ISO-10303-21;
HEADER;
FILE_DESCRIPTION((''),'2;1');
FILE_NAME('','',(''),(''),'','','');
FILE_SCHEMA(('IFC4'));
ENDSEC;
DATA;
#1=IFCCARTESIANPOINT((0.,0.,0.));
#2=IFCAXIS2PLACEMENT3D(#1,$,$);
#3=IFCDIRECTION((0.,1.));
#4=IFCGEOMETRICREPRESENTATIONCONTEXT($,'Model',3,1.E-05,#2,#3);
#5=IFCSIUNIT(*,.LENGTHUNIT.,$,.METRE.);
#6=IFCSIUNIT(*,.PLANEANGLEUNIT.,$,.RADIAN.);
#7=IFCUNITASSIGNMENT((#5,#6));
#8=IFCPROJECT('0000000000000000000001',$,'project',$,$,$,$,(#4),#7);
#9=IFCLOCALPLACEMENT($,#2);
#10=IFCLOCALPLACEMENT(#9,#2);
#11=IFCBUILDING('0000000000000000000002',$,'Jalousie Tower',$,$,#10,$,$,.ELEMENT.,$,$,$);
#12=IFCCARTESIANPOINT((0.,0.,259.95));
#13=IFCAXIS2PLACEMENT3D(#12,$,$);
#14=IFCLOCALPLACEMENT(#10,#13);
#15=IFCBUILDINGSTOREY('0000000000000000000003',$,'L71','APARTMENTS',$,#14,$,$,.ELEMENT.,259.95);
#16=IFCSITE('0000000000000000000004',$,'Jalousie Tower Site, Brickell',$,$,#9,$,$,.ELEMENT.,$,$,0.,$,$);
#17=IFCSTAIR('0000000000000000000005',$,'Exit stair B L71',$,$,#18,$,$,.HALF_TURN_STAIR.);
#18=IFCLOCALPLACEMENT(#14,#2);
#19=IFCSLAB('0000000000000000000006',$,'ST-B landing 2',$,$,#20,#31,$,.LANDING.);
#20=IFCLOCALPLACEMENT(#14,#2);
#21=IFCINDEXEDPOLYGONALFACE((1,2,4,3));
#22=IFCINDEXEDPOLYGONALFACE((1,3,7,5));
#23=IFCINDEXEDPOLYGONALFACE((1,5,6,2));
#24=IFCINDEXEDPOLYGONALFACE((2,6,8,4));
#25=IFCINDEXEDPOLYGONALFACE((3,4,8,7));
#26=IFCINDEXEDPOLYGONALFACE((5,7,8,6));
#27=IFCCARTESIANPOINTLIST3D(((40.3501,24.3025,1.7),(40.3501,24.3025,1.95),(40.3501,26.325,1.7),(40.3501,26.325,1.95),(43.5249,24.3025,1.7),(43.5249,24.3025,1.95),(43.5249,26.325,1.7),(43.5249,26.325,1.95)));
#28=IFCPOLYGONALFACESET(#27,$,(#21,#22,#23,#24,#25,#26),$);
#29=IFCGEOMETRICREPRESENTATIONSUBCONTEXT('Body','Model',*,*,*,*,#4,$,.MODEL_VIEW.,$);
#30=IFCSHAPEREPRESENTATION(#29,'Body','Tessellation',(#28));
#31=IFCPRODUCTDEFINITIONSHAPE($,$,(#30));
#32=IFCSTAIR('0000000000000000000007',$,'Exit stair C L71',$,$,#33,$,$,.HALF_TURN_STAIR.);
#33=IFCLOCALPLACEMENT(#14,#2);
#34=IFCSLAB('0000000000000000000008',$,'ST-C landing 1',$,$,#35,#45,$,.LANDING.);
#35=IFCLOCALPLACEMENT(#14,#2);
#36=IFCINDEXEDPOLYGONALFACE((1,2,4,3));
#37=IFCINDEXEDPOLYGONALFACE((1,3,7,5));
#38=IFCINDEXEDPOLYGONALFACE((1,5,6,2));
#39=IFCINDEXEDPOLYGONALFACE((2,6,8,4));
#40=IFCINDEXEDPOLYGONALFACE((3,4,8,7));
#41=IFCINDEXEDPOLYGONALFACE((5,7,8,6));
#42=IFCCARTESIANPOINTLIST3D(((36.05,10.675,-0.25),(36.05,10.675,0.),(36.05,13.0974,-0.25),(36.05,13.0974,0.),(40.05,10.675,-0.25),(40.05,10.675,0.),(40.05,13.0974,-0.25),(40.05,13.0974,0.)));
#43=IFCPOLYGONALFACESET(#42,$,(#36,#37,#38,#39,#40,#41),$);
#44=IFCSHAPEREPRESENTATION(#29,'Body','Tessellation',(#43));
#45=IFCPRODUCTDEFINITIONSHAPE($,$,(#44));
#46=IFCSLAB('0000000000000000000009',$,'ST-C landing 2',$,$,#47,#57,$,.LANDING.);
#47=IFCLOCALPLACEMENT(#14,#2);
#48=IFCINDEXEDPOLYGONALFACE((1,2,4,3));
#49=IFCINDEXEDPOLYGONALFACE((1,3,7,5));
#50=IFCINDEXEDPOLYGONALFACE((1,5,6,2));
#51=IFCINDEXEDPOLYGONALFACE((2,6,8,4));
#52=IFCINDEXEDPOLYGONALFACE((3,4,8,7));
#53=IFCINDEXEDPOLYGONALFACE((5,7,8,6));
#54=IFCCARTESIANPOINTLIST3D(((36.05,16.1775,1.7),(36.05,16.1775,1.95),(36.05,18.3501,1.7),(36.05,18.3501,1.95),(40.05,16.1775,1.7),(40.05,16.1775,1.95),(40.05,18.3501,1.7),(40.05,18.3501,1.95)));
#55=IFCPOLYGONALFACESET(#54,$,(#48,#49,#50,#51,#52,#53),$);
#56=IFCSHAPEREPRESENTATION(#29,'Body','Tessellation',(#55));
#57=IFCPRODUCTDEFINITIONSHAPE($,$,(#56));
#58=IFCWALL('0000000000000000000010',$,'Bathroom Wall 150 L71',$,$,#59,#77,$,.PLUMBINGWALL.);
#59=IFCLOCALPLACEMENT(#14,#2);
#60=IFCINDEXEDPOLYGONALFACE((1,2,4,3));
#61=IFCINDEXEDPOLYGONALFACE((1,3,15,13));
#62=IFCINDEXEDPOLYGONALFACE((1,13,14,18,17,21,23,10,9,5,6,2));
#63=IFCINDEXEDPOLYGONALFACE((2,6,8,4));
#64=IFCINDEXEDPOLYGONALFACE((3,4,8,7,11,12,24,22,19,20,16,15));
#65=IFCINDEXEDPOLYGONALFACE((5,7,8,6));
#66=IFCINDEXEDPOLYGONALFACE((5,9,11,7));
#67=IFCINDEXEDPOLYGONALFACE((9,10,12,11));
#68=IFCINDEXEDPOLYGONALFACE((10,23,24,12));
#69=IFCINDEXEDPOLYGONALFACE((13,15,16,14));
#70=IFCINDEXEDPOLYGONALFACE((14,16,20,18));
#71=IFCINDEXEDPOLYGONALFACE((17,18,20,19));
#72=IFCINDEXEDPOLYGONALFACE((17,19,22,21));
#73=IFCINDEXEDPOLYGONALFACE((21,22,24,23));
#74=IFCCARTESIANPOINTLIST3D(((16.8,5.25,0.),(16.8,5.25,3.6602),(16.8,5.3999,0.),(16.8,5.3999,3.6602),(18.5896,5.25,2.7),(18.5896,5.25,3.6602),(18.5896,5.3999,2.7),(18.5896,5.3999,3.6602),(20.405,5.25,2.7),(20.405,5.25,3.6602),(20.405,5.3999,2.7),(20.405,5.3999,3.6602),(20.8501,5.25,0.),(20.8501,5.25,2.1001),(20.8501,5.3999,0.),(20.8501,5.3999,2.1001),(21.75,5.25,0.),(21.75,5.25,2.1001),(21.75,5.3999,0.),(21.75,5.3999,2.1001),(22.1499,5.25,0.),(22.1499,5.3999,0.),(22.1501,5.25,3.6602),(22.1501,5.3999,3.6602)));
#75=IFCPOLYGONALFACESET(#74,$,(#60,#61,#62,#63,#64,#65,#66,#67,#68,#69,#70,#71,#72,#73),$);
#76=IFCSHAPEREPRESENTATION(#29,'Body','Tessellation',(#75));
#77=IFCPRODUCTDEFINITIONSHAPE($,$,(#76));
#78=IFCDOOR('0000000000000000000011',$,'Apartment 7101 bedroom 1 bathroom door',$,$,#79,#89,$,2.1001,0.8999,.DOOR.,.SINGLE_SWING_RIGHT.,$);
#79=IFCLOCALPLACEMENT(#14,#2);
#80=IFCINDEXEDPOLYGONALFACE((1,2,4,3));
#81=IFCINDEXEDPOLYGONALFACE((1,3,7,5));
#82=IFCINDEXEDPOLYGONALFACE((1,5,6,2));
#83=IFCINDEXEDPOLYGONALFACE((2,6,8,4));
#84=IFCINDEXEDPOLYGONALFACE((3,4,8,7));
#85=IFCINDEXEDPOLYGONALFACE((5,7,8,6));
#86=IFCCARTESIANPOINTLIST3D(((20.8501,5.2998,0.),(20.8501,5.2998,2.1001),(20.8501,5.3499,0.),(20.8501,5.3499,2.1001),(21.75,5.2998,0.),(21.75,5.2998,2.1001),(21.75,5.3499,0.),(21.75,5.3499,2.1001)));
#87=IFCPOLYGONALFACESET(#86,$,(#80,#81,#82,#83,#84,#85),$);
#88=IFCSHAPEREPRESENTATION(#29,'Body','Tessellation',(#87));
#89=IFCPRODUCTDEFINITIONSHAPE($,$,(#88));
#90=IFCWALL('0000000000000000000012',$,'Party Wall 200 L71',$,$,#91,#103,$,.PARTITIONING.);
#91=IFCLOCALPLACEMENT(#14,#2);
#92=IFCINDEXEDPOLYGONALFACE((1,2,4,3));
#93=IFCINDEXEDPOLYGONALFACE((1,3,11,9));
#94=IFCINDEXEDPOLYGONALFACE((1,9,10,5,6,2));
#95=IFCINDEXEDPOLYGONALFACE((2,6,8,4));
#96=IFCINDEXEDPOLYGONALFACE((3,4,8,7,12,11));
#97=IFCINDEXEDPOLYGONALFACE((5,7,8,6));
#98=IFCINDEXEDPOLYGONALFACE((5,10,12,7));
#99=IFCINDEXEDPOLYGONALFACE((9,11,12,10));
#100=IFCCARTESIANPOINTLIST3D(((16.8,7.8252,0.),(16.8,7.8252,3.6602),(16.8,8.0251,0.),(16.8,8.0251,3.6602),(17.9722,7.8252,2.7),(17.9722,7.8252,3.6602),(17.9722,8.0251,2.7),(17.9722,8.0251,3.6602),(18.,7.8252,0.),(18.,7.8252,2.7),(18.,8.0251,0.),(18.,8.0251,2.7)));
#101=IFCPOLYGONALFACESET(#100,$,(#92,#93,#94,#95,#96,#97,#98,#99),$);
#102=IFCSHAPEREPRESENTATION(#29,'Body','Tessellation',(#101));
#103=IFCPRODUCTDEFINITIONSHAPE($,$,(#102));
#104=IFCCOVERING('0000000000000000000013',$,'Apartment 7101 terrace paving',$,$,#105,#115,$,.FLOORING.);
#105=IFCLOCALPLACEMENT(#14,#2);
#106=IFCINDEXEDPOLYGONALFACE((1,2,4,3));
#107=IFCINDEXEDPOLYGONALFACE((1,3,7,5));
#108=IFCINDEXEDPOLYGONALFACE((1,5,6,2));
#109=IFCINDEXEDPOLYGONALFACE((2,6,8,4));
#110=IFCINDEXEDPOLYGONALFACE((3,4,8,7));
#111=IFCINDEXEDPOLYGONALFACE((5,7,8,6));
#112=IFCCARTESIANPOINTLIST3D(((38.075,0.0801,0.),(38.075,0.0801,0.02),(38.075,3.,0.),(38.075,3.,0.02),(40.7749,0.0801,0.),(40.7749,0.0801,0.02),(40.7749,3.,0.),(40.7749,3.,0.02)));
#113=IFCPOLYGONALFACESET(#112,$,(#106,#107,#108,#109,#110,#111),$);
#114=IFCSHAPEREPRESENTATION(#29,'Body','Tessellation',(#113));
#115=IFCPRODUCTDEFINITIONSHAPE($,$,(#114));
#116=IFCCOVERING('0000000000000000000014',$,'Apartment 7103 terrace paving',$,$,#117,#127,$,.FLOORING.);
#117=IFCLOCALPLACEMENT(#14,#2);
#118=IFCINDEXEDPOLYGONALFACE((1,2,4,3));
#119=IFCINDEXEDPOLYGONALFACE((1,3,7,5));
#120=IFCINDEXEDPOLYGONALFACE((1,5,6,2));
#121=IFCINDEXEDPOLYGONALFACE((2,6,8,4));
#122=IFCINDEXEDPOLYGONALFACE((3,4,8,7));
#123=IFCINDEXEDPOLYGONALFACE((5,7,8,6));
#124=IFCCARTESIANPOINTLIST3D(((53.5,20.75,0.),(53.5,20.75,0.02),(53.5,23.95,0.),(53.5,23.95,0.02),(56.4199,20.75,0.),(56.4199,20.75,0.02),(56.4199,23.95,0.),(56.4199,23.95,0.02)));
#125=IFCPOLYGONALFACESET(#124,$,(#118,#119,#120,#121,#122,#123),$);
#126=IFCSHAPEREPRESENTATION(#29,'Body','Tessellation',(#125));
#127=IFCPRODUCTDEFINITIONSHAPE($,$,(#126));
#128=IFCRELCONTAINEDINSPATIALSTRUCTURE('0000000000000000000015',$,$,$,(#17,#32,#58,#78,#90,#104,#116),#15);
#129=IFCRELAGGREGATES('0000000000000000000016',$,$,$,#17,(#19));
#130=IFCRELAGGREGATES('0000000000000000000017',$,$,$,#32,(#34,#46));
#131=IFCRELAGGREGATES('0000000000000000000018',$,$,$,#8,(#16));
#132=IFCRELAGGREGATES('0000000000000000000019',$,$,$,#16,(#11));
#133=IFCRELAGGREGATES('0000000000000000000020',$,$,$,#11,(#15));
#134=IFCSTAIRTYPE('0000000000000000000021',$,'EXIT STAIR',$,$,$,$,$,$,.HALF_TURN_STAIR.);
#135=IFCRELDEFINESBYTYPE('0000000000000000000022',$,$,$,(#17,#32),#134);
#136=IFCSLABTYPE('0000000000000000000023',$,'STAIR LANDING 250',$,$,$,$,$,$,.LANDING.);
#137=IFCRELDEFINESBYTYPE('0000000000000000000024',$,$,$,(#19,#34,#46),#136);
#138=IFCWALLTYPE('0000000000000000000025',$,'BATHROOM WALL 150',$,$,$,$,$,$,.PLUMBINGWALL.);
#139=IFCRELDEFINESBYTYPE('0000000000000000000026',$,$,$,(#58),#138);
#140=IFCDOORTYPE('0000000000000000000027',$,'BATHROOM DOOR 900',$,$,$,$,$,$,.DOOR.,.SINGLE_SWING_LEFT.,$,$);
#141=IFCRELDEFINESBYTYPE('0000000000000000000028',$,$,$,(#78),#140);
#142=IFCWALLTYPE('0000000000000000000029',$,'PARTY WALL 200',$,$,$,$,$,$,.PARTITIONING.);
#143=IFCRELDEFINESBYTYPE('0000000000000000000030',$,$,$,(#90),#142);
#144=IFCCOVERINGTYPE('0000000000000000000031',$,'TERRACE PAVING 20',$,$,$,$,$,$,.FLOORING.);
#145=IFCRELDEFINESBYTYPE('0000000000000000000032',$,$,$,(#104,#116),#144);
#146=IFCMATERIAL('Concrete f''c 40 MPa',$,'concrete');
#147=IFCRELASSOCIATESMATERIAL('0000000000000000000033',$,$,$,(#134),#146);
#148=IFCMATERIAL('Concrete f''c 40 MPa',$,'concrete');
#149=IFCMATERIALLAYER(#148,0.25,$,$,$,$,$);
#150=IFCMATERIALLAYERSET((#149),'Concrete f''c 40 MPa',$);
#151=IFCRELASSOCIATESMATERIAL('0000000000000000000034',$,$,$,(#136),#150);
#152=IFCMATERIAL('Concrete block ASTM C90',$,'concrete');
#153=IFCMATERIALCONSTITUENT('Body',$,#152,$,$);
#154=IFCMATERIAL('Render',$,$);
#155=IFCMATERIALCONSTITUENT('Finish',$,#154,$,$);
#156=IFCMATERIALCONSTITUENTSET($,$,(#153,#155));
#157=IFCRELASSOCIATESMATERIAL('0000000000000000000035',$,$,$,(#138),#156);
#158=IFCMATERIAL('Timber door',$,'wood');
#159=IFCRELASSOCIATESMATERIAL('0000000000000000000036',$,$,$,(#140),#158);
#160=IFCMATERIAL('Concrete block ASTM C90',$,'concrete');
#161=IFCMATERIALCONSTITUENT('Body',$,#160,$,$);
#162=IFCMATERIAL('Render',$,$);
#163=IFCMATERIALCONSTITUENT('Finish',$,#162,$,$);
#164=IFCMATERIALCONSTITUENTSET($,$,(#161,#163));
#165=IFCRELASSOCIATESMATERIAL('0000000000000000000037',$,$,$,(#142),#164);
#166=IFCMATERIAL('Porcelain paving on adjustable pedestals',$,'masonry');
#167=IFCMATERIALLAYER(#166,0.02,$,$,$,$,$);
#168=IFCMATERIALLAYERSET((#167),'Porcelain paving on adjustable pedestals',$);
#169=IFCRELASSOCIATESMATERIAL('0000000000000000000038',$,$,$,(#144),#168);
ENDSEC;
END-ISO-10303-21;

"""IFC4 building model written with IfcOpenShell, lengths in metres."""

from ifc_helpers import new_model, si_unit, direction, frame, frame_2d, origin, place, context, subcontext, project, spatial, polyline, rectangle, outline, extrude, material, layer, layer_set, constituent, constituent_set, type_object, element, fill, aggregate, save


model = new_model("IFC4")

# Units and contexts
model_context = context("Model", 3, precision=1e-05, world=origin(), true_north=direction((0.0, 1.0)))
body_context = subcontext(model_context, "Body", "Model", "MODEL_VIEW")
ifc_project = project(units=[si_unit("LENGTHUNIT", "METRE"), si_unit("PLANEANGLEUNIT", "RADIAN")], contexts=[model_context])

# Site, building, storey
site_placement = place(None, origin())
site = spatial("IfcSite", under=ifc_project, at=site_placement, Name="Jalousie Tower Site, Brickell", CompositionType="ELEMENT", RefElevation=0.0)
building_placement = place(site_placement, origin())
building = spatial("IfcBuilding", under=site, at=building_placement, Name="Jalousie Tower", CompositionType="ELEMENT")
storey_placement = place(building_placement, frame((0.0, 0.0, 259.95)))
storey = spatial("IfcBuildingStorey", under=building, at=storey_placement, Name="L71", Description="APARTMENTS", CompositionType="ELEMENT", Elevation=259.95)

# Stairs, slabs
ifc_material_1 = material(Name="Concrete f'c 40 MPa", Category="concrete")
stair_type = type_object("IfcStairType", Name="EXIT STAIR", PredefinedType="HALF_TURN_STAIR", material=ifc_material_1)
ifc_material_2 = material(Name="Concrete f'c 40 MPa", Category="concrete")
ifc_layer_1 = layer(ifc_material_2, 0.25)
ifc_layer_set_1 = layer_set([ifc_layer_1], Name="Concrete f'c 40 MPa")
slab_type_1 = type_object("IfcSlabType", Name="STAIR LANDING 250", PredefinedType="LANDING", material=ifc_layer_set_1)
stair_1_placement = place(storey_placement, origin())
stair_1 = element("IfcStair", 1, at=stair_1_placement, inside=storey, type_object=stair_type, Name="Exit stair B L71", PredefinedType="HALF_TURN_STAIR")
slab_1_placement = place(storey_placement, frame((0.0, 0.0, 1.7)))
slab_1 = element("IfcSlab", 2, at=slab_1_placement, type_object=slab_type_1, Name="ST-B landing 2", PredefinedType="LANDING", context=body_context, shape_type="SweptSolid", body=[
    extrude(outline(polyline([(40.3501, 24.3025), (43.5249, 24.3025), (43.5249, 26.325), (40.3501, 26.325), (40.3501, 24.3025)])), origin(), (0.0, 0.0, 1.0), 0.25),
])
aggregate(stair_1, [slab_1])
stair_2_placement = place(storey_placement, origin())
stair_2 = element("IfcStair", 3, at=stair_2_placement, inside=storey, type_object=stair_type, Name="Exit stair C L71", PredefinedType="HALF_TURN_STAIR")
slab_2_placement = place(storey_placement, frame((0.0, 0.0, -0.25)))
slab_2 = element("IfcSlab", 4, at=slab_2_placement, type_object=slab_type_1, Name="ST-C landing 1", PredefinedType="LANDING", context=body_context, shape_type="SweptSolid", body=[
    extrude(outline(polyline([(36.05, 10.675), (40.05, 10.675), (40.05, 13.0974), (36.05, 13.0974), (36.05, 10.675)])), origin(), (0.0, 0.0, 1.0), 0.25),
])
slab_3_placement = place(storey_placement, frame((0.0, 0.0, 1.7)))
slab_3 = element("IfcSlab", 5, at=slab_3_placement, type_object=slab_type_1, Name="ST-C landing 2", PredefinedType="LANDING", context=body_context, shape_type="SweptSolid", body=[
    extrude(outline(polyline([(36.05, 16.1775), (40.05, 16.1775), (40.05, 18.3501), (36.05, 18.3501), (36.05, 16.1775)])), origin(), (0.0, 0.0, 1.0), 0.25),
])
aggregate(stair_2, [slab_2, slab_3])

# Wall, opening, door
ifc_material_3 = material(Name="Concrete block ASTM C90", Category="concrete")
ifc_constituent_1 = constituent(ifc_material_3, Name="Body")
ifc_material_4 = material(Name="Render")
ifc_constituent_2 = constituent(ifc_material_4, Name="Finish")
ifc_constituent_set_1 = constituent_set(constituents=[ifc_constituent_1, ifc_constituent_2])
wall_type_1 = type_object("IfcWallType", Name="BATHROOM WALL 150", PredefinedType="PLUMBINGWALL", material=ifc_constituent_set_1)
wall_1_placement = place(storey_placement, frame((16.8, 5.325, 0.0), z_axis=(0.0, 0.0, 1.0), x_axis=(1.0, 0.0, 0.0)))
wall_1 = element("IfcWall", 6, at=wall_1_placement, inside=storey, type_object=wall_type_1, Name="Bathroom Wall 150 L71", PredefinedType="PLUMBINGWALL", context=body_context, shape_type="SweptSolid", body=[
    extrude(outline(polyline([(0.0, 0.0), (5.3499, 0.0), (5.3501, 3.6602), (3.605, 3.6602), (3.605, 2.7), (1.7896, 2.7), (1.7896, 3.6602), (0.0, 3.6602), (0.0, 0.0)])), frame((0.0, 0.075, 0.0), z_axis=(0.0, -1.0, 0.0), x_axis=(1.0, 0.0, 0.0)), (0.0, 0.0, 1.0), 0.1499),
])
opening_placement = place(wall_1_placement, frame((4.05, 0.0, 0.0)))
opening = element("IfcOpeningElement", 7, at=opening_placement, cuts=wall_1, PredefinedType="OPENING", context=body_context, shape_type="SweptSolid", body=[
    extrude(rectangle(XDim=0.8999, YDim=2.1001, at=frame_2d((0.45, 1.05))), frame((0.0, 0.085, 0.0), z_axis=(0.0, -1.0, 0.0), x_axis=(1.0, 0.0, 0.0)), (0.0, 0.0, 1.0), 0.1699),
])
ifc_material_5 = material(Name="Timber door", Category="wood")
door_type = type_object("IfcDoorType", Name="BATHROOM DOOR 900", OperationType="SINGLE_SWING_LEFT", PredefinedType="DOOR", material=ifc_material_5)
door_placement = place(opening_placement, origin())
door = element("IfcDoor", 8, at=door_placement, inside=storey, type_object=door_type, Name="Apartment 7101 bedroom 1 bathroom door", OperationType="SINGLE_SWING_RIGHT", OverallHeight=2.1001, OverallWidth=0.8999, PredefinedType="DOOR", context=body_context, shape_type="SweptSolid", body=[
    extrude(rectangle(XDim=0.8999, YDim=2.1001, at=frame_2d((0.45, 1.05))), frame((0.0, 0.0249, 0.0), z_axis=(0.0, -1.0, 0.0), x_axis=(1.0, 0.0, 0.0)), (0.0, 0.0, 1.0), 0.05),
])
fill(opening, door)

# Wall
ifc_material_6 = material(Name="Concrete block ASTM C90", Category="concrete")
ifc_constituent_3 = constituent(ifc_material_6, Name="Body")
ifc_material_7 = material(Name="Render")
ifc_constituent_4 = constituent(ifc_material_7, Name="Finish")
ifc_constituent_set_2 = constituent_set(constituents=[ifc_constituent_3, ifc_constituent_4])
wall_type_2 = type_object("IfcWallType", Name="PARTY WALL 200", PredefinedType="PARTITIONING", material=ifc_constituent_set_2)
wall_2_placement = place(storey_placement, frame((16.8, 7.925, 0.0), z_axis=(0.0, 0.0, 1.0), x_axis=(1.0, 0.0, 0.0)))
element("IfcWall", 9, at=wall_2_placement, inside=storey, type_object=wall_type_2, Name="Party Wall 200 L71", PredefinedType="PARTITIONING", context=body_context, shape_type="SweptSolid", body=[
    extrude(outline(polyline([(0.0, 0.0), (1.2, 0.0), (1.2, 3.6602), (1.2, 2.7), (1.1721, 2.7), (1.1721, 3.6602), (0.0, 3.6602), (0.0, 0.0)])), frame((0.0, 0.1001, 0.0), z_axis=(0.0, -1.0, 0.0), x_axis=(1.0, 0.0, 0.0)), (0.0, 0.0, 1.0), 0.2),
])

# Coverings
ifc_material_8 = material(Name="Porcelain paving on adjustable pedestals", Category="masonry")
ifc_layer_2 = layer(ifc_material_8, 0.02)
ifc_layer_set_2 = layer_set([ifc_layer_2], Name="Porcelain paving on adjustable pedestals")
covering_type = type_object("IfcCoveringType", Name="TERRACE PAVING 20", PredefinedType="FLOORING", material=ifc_layer_set_2)
covering_1_placement = place(storey_placement, origin())
element("IfcCovering", 10, at=covering_1_placement, inside=storey, type_object=covering_type, Name="Apartment 7101 terrace paving", PredefinedType="FLOORING", context=body_context, shape_type="SweptSolid", body=[
    extrude(outline(polyline([(38.075, 0.0801), (40.7749, 0.0801), (40.7749, 3.0), (38.075, 3.0), (38.075, 0.0801)])), origin(), (0.0, 0.0, 1.0), 0.02),
])
covering_2_placement = place(storey_placement, origin())
element("IfcCovering", 11, at=covering_2_placement, inside=storey, type_object=covering_type, Name="Apartment 7103 terrace paving", PredefinedType="FLOORING", context=body_context, shape_type="SweptSolid", body=[
    extrude(outline(polyline([(56.4199, 20.75), (56.4199, 23.95), (53.5, 23.95), (53.5, 20.75), (56.4199, 20.75)])), origin(), (0.0, 0.0, 1.0), 0.02),
])

save(model, "model.ifc")
